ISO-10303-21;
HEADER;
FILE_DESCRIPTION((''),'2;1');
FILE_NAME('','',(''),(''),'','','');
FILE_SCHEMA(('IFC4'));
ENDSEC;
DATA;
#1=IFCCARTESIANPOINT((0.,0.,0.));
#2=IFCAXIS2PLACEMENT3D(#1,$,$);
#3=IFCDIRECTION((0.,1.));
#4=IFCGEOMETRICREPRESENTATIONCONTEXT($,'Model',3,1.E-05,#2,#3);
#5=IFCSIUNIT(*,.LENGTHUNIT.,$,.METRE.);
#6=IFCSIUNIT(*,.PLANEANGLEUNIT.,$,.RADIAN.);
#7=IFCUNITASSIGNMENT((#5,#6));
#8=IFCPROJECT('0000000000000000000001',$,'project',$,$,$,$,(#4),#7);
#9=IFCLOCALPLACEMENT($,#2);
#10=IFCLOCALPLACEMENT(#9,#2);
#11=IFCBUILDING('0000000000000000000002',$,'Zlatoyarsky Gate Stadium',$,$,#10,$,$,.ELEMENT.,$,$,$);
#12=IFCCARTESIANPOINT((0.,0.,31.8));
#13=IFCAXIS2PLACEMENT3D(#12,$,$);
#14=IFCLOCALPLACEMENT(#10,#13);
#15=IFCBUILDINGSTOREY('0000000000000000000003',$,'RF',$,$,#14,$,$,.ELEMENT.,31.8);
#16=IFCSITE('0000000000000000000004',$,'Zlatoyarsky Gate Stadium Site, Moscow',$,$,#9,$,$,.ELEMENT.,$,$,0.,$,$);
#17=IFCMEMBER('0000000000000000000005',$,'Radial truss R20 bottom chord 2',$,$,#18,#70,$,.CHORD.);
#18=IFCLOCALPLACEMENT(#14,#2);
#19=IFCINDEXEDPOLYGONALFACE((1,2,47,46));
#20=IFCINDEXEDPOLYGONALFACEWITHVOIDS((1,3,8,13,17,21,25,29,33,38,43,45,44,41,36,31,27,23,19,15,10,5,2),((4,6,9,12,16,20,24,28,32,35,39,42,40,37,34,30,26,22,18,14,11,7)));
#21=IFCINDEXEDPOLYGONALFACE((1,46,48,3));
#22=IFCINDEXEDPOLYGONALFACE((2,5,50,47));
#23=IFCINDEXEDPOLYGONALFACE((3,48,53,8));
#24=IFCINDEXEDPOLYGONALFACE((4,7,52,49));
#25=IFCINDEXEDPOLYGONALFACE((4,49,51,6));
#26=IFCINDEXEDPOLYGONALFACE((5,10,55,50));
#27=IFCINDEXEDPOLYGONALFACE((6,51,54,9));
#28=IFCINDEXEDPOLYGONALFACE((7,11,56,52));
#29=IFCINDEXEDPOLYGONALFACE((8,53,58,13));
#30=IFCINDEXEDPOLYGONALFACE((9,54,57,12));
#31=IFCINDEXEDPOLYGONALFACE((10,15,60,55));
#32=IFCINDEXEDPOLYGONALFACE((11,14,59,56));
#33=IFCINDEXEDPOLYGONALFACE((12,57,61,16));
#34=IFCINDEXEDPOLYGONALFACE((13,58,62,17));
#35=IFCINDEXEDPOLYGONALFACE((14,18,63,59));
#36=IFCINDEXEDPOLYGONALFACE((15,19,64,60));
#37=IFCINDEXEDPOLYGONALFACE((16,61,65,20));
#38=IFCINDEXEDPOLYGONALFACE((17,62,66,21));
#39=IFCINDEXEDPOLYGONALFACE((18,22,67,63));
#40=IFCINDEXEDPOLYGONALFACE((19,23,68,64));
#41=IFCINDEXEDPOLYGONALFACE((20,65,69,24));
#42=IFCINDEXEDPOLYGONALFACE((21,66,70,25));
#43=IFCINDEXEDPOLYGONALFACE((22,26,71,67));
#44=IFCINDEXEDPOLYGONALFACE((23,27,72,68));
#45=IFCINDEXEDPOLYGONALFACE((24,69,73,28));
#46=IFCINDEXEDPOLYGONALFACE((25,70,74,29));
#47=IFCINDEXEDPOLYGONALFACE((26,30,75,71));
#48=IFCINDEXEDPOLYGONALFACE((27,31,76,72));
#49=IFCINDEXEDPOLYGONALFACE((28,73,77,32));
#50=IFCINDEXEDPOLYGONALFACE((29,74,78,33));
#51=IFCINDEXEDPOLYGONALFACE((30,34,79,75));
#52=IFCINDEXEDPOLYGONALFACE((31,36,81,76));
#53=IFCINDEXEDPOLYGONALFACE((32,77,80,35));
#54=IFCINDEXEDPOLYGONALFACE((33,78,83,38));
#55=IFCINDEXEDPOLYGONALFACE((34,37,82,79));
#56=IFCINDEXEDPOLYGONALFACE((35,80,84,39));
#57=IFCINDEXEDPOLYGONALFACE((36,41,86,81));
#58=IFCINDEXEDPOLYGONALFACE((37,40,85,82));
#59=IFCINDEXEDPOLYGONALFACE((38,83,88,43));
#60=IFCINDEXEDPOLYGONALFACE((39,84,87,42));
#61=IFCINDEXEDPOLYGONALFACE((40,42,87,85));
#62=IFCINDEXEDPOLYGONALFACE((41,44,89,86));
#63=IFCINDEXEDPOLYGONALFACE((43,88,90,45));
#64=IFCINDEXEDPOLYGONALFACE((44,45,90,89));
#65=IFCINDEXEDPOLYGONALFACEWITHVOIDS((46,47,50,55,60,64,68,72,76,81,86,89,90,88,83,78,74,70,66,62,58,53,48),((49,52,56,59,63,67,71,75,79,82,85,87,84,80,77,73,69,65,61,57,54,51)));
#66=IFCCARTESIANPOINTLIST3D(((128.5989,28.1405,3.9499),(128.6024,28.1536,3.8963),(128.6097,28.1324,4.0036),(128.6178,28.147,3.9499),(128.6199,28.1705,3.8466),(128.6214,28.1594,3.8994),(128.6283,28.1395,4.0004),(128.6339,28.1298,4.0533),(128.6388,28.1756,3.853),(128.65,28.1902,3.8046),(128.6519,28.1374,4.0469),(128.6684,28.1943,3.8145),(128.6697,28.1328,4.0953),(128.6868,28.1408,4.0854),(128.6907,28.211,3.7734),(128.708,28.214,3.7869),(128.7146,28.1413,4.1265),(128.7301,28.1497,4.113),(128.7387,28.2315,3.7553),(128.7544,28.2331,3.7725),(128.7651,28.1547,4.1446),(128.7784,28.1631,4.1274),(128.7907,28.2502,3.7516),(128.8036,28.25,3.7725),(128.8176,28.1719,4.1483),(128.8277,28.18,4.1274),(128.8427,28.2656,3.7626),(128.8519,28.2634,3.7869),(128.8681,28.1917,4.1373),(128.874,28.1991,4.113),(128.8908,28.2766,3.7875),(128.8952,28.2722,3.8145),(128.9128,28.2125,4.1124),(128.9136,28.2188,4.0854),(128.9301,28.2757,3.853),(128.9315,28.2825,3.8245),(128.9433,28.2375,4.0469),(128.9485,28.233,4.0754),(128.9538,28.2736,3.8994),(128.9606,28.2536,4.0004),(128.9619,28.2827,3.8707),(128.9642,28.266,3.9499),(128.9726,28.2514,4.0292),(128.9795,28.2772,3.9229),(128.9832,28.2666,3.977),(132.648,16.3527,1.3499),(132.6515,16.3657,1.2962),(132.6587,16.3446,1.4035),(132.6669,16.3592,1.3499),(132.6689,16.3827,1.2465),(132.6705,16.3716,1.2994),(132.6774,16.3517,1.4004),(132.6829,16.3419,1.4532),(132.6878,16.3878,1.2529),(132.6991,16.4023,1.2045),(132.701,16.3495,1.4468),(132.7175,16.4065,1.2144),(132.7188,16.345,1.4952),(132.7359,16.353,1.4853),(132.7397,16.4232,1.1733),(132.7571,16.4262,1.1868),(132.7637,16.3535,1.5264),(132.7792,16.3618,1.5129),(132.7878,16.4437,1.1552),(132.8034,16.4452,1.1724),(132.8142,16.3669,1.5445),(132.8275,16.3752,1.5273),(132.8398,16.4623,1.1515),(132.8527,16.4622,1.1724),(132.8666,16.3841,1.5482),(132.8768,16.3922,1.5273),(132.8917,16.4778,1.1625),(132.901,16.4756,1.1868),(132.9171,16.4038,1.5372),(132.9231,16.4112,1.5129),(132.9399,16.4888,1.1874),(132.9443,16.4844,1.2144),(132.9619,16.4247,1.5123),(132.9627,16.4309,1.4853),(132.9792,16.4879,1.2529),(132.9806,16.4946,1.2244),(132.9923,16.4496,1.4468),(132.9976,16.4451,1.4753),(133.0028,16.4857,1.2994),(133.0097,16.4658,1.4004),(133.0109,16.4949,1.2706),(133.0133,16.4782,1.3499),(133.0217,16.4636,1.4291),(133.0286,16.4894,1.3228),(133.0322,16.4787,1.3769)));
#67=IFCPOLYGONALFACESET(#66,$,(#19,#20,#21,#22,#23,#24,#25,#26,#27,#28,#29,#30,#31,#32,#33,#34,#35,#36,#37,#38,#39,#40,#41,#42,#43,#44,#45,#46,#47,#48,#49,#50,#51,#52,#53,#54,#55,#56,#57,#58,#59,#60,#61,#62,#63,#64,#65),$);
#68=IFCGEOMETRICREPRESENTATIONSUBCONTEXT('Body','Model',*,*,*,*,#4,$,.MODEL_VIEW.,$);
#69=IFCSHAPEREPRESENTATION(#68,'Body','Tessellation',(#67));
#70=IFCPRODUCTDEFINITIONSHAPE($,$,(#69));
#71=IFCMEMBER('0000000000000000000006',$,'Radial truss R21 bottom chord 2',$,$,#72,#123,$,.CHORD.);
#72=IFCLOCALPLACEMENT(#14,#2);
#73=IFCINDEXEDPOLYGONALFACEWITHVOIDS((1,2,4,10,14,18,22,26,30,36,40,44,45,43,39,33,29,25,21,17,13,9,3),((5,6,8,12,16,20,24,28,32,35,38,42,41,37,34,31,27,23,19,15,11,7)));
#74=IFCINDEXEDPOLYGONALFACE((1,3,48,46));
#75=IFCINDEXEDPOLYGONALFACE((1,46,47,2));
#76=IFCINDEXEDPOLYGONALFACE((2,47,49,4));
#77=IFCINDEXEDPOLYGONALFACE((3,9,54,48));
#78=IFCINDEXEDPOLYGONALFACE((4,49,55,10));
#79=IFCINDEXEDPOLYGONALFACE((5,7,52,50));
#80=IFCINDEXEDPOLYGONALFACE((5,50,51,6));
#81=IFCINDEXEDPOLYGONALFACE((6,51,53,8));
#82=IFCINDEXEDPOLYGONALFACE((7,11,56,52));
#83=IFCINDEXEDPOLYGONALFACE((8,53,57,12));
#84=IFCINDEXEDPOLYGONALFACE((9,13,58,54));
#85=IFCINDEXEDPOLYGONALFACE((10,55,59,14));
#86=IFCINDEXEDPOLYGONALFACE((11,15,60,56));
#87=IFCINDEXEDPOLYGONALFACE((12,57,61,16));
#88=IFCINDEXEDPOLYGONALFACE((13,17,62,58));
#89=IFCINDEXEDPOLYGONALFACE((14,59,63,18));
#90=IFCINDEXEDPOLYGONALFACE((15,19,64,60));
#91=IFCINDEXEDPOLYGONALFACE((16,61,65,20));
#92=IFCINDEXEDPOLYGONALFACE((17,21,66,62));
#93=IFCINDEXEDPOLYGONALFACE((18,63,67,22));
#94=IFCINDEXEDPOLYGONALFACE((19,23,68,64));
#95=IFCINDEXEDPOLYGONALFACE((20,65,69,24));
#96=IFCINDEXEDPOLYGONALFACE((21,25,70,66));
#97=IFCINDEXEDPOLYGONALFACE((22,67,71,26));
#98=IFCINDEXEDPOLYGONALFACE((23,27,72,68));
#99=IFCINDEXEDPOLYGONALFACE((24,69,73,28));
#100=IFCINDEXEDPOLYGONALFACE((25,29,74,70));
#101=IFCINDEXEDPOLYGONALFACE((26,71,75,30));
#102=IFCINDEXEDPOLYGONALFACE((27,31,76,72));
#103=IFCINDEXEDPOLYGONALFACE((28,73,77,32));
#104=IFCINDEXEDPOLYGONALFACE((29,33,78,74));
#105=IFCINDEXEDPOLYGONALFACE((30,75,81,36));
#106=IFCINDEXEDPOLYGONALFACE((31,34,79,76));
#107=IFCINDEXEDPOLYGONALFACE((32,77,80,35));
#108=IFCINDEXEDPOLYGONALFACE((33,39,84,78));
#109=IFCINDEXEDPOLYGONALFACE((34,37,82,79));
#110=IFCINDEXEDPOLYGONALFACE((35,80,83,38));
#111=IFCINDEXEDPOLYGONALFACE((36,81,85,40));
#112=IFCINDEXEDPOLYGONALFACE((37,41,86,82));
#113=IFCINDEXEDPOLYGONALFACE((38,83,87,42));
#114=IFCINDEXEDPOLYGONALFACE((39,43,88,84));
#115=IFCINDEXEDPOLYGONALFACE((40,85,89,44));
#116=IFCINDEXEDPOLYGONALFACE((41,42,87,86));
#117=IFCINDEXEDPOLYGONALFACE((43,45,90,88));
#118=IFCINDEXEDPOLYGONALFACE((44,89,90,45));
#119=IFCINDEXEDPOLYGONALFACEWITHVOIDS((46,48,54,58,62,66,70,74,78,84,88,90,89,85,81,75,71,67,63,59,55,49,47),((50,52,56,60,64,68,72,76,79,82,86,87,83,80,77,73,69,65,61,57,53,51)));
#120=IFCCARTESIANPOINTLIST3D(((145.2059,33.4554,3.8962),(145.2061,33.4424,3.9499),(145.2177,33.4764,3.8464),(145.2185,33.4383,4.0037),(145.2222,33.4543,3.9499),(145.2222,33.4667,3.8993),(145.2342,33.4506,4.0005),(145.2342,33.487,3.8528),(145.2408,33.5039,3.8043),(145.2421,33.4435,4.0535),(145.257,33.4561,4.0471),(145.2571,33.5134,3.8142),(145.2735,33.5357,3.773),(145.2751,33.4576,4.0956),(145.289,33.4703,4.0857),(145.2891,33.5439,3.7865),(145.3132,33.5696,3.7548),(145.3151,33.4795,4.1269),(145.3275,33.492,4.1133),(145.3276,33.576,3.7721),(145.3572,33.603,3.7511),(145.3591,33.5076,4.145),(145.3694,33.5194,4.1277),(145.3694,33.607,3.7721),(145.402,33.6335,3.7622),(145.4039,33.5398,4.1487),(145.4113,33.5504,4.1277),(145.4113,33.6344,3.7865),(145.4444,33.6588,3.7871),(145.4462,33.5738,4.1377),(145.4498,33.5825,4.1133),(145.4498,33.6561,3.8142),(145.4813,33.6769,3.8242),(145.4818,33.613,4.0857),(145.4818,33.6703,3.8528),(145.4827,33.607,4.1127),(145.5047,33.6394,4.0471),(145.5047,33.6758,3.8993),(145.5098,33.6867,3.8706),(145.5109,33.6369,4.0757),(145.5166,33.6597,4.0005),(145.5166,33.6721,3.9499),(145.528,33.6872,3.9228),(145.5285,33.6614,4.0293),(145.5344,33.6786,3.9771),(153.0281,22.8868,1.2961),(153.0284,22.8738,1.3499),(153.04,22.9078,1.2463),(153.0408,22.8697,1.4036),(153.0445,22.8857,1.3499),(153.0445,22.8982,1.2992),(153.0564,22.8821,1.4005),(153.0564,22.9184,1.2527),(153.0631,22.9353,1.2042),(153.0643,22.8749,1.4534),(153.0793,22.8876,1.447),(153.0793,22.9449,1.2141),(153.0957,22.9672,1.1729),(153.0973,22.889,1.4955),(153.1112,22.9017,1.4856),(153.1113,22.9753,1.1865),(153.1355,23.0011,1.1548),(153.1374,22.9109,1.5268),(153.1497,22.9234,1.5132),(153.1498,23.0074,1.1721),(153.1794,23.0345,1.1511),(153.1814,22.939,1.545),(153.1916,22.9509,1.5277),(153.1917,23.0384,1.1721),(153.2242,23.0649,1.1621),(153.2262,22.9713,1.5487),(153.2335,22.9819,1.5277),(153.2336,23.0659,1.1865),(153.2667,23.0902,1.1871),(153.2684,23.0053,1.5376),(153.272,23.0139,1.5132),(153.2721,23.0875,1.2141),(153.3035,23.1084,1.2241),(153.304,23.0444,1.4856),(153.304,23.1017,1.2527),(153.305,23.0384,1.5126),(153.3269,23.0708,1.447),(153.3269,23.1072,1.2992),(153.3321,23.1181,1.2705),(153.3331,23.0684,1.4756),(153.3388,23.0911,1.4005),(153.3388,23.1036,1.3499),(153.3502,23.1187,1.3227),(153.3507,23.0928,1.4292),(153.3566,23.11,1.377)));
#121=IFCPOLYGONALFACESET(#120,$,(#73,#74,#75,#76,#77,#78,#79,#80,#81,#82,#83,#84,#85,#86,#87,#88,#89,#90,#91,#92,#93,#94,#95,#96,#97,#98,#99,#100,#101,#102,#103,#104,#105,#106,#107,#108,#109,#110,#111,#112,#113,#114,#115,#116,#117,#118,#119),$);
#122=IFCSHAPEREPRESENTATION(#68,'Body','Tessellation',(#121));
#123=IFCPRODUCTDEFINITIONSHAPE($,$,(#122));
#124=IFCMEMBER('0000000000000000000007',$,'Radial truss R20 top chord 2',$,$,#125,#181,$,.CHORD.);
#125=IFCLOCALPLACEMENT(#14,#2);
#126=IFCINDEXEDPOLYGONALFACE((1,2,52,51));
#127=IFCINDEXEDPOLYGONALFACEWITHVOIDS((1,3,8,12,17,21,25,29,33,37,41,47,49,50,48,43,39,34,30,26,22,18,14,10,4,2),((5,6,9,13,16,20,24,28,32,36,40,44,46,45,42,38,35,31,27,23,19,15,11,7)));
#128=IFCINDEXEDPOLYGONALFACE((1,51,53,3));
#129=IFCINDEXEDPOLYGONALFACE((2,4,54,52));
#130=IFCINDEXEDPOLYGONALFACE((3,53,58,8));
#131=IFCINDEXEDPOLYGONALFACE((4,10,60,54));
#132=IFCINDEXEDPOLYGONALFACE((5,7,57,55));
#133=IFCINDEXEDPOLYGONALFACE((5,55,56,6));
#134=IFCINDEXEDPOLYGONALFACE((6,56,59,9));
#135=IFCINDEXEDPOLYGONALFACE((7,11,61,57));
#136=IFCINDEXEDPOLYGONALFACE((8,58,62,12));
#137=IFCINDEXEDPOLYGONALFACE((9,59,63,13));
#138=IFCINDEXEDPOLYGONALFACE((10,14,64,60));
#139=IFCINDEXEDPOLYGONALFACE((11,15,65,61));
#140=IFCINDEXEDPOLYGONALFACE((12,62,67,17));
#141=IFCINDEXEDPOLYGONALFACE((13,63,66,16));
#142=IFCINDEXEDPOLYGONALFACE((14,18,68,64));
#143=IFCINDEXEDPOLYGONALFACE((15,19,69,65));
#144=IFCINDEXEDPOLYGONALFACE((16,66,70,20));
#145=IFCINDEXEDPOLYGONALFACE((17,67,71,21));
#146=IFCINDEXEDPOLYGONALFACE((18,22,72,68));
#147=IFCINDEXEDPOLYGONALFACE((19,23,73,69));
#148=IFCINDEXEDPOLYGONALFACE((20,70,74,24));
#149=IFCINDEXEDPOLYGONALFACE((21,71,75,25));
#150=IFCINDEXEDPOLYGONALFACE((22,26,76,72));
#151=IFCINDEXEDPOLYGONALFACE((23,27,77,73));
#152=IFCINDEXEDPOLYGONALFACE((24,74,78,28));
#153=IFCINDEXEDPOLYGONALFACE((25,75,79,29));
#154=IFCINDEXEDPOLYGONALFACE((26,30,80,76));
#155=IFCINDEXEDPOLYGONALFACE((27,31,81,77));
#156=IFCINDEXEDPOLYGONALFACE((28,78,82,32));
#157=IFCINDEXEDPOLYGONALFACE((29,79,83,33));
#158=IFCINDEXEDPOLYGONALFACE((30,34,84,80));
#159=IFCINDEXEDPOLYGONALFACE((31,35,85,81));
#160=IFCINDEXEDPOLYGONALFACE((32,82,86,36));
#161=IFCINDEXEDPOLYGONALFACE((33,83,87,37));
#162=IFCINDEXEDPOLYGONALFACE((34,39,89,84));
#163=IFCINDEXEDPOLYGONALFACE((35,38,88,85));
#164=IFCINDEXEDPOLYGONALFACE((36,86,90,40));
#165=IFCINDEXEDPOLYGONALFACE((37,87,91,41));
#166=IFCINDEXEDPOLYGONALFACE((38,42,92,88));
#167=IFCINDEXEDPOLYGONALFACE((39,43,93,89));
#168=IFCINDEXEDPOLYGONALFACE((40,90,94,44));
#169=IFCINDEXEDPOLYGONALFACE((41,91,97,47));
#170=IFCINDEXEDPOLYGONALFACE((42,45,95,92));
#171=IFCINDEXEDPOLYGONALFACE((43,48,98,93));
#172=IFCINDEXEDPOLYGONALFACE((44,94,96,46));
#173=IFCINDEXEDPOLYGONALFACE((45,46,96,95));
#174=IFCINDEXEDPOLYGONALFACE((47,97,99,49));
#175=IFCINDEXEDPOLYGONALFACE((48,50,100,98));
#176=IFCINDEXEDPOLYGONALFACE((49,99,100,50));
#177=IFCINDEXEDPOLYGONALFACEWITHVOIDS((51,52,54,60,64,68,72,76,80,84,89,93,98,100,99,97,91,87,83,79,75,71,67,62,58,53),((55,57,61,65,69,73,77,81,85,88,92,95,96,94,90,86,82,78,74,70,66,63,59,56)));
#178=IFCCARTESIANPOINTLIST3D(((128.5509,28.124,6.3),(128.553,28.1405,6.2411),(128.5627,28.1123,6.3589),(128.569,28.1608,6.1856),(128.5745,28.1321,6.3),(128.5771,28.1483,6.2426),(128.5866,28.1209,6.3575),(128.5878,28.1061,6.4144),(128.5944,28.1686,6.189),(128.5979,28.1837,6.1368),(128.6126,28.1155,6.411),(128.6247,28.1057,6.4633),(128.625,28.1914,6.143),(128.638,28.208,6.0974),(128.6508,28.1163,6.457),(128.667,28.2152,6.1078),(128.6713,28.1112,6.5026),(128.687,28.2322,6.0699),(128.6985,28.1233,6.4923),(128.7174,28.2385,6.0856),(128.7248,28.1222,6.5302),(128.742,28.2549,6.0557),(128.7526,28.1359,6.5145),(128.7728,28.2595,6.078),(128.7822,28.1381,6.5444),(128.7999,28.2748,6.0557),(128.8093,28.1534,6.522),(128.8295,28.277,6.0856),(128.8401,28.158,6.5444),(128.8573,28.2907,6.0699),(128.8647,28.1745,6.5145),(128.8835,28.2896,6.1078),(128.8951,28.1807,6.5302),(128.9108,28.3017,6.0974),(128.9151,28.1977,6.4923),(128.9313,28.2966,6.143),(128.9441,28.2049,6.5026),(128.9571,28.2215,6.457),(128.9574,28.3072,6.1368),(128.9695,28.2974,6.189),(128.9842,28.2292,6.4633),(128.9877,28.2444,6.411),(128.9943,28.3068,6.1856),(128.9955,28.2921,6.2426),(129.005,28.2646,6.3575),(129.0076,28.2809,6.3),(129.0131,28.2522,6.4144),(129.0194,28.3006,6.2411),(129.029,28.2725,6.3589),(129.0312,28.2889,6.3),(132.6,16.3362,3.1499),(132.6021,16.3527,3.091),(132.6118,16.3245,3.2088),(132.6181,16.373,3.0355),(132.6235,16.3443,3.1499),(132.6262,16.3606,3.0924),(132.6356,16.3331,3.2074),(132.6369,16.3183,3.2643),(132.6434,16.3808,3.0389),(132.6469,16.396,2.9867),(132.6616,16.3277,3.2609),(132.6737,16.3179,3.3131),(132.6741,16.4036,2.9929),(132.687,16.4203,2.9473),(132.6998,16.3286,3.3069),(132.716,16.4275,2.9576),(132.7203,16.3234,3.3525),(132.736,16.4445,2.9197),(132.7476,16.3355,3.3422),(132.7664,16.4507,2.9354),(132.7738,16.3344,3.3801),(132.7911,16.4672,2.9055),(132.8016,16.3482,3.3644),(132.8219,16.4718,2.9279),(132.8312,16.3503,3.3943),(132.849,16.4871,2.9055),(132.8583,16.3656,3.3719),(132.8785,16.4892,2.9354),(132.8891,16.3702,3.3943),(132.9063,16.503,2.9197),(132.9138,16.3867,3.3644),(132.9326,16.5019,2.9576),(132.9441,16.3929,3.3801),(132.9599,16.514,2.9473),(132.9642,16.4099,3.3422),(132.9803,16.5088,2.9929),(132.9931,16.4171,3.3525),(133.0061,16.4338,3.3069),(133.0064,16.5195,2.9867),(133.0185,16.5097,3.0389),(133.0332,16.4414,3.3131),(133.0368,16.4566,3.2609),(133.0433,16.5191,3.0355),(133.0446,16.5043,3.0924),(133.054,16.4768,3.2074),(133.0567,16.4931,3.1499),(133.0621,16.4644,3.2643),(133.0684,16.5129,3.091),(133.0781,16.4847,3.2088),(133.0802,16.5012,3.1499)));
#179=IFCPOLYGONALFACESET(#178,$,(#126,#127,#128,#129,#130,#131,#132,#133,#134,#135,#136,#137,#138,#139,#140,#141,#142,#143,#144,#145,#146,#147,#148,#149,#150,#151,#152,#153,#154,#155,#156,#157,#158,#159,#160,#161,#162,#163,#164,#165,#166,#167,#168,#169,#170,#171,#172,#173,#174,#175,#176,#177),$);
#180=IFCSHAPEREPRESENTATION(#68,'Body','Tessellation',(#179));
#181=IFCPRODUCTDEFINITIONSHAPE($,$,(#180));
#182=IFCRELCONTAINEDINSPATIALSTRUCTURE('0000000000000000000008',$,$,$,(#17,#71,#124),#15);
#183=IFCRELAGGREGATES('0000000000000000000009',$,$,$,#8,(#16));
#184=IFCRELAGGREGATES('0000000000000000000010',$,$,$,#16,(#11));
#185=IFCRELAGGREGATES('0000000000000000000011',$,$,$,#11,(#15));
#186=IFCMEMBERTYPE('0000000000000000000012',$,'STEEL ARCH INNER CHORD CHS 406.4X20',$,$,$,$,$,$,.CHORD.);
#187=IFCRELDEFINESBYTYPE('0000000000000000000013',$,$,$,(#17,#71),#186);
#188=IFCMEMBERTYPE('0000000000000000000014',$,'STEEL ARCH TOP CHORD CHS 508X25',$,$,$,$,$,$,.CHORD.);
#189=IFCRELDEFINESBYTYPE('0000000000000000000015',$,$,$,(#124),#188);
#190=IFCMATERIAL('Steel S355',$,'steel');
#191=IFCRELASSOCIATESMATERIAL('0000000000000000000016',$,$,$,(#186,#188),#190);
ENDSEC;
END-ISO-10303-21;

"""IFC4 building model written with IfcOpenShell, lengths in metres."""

from ifc_helpers import new_model, si_unit, direction, frame, origin, origin_2d, place, context, subcontext, project, spatial, hollow_circle, extrude, material, material_profile, profile_set, type_object, element, save


model = new_model("IFC4")

# Units and contexts
model_context = context("Model", 3, precision=1e-05, world=origin(), true_north=direction((0.0, 1.0)))
body_context = subcontext(model_context, "Body", "Model", "MODEL_VIEW")
ifc_project = project(units=[si_unit("LENGTHUNIT", "METRE"), si_unit("PLANEANGLEUNIT", "RADIAN")], contexts=[model_context])

# Site, building, storey
site_placement = place(None, origin())
site = spatial("IfcSite", under=ifc_project, at=site_placement, Name="Zlatoyarsky Gate Stadium Site, Moscow", CompositionType="ELEMENT", RefElevation=0.0)
building_placement = place(site_placement, origin())
building = spatial("IfcBuilding", under=site, at=building_placement, Name="Zlatoyarsky Gate Stadium", CompositionType="ELEMENT")
storey_placement = place(building_placement, frame((0.0, 0.0, 31.8)))
storey = spatial("IfcBuildingStorey", under=building, at=storey_placement, Name="RF", CompositionType="ELEMENT", Elevation=31.8)

# Members
ifc_material_1 = material(Name="Steel S355", Category="steel")
ifc_material_profile_1 = material_profile(ifc_material_1, hollow_circle(Radius=0.2031, WallThickness=0.02, at=origin_2d()), Name="CHS 406.4X20")
ifc_profile_set_1 = profile_set([ifc_material_profile_1], Name="Steel S355")
member_type_1 = type_object("IfcMemberType", Name="STEEL ARCH INNER CHORD CHS 406.4X20", PredefinedType="CHORD", material=ifc_profile_set_1)
member_1_placement = place(storey_placement, frame((132.8401, 16.4187, 1.3499), z_axis=(-0.318018, 0.92583, 0.204214), x_axis=(-0.945761, -0.324865, 0.0)))
element("IfcMember", 1, at=member_1_placement, inside=storey, type_object=member_type_1, Name="Radial truss R20 bottom chord 2", PredefinedType="CHORD", context=body_context, shape_type="SweptSolid", body=[
    extrude(hollow_circle(Radius=0.2031, WallThickness=0.02, at=origin_2d()), origin(), (0.0, 0.0, 1.0), 12.7322),
])
member_2_placement = place(storey_placement, frame((153.1917, 22.9946, 1.3499), z_axis=(-0.583615, 0.788518, 0.193992), x_axis=(-0.803787, -0.594917, 0.0)))
element("IfcMember", 2, at=member_2_placement, inside=storey, type_object=member_type_1, Name="Radial truss R21 bottom chord 2", PredefinedType="CHORD", context=body_context, shape_type="SweptSolid", body=[
    extrude(hollow_circle(Radius=0.2031, WallThickness=0.02, at=origin_2d()), origin(), (0.0, 0.0, 1.0), 13.4031),
])
ifc_material_profile_2 = material_profile(ifc_material_1, hollow_circle(Radius=0.2539, WallThickness=0.0249, at=origin_2d()), Name="CHS 508X25")
ifc_profile_set_2 = profile_set([ifc_material_profile_2], Name="Steel S355")
member_type_2 = type_object("IfcMemberType", Name="STEEL ARCH TOP CHORD CHS 508X25", PredefinedType="CHORD", material=ifc_profile_set_2)
member_3_placement = place(storey_placement, frame((132.8401, 16.4187, 3.1499), z_axis=(-0.314961, 0.916928, 0.245037), x_axis=(-0.945761, -0.324865, 0.0)))
element("IfcMember", 3, at=member_3_placement, inside=storey, type_object=member_type_2, Name="Radial truss R20 top chord 2", PredefinedType="CHORD", context=body_context, shape_type="SweptSolid", body=[
    extrude(hollow_circle(Radius=0.2539, WallThickness=0.0249, at=origin_2d()), origin(), (0.0, 0.0, 1.0), 12.8557),
])

save(model, "model.ifc")
